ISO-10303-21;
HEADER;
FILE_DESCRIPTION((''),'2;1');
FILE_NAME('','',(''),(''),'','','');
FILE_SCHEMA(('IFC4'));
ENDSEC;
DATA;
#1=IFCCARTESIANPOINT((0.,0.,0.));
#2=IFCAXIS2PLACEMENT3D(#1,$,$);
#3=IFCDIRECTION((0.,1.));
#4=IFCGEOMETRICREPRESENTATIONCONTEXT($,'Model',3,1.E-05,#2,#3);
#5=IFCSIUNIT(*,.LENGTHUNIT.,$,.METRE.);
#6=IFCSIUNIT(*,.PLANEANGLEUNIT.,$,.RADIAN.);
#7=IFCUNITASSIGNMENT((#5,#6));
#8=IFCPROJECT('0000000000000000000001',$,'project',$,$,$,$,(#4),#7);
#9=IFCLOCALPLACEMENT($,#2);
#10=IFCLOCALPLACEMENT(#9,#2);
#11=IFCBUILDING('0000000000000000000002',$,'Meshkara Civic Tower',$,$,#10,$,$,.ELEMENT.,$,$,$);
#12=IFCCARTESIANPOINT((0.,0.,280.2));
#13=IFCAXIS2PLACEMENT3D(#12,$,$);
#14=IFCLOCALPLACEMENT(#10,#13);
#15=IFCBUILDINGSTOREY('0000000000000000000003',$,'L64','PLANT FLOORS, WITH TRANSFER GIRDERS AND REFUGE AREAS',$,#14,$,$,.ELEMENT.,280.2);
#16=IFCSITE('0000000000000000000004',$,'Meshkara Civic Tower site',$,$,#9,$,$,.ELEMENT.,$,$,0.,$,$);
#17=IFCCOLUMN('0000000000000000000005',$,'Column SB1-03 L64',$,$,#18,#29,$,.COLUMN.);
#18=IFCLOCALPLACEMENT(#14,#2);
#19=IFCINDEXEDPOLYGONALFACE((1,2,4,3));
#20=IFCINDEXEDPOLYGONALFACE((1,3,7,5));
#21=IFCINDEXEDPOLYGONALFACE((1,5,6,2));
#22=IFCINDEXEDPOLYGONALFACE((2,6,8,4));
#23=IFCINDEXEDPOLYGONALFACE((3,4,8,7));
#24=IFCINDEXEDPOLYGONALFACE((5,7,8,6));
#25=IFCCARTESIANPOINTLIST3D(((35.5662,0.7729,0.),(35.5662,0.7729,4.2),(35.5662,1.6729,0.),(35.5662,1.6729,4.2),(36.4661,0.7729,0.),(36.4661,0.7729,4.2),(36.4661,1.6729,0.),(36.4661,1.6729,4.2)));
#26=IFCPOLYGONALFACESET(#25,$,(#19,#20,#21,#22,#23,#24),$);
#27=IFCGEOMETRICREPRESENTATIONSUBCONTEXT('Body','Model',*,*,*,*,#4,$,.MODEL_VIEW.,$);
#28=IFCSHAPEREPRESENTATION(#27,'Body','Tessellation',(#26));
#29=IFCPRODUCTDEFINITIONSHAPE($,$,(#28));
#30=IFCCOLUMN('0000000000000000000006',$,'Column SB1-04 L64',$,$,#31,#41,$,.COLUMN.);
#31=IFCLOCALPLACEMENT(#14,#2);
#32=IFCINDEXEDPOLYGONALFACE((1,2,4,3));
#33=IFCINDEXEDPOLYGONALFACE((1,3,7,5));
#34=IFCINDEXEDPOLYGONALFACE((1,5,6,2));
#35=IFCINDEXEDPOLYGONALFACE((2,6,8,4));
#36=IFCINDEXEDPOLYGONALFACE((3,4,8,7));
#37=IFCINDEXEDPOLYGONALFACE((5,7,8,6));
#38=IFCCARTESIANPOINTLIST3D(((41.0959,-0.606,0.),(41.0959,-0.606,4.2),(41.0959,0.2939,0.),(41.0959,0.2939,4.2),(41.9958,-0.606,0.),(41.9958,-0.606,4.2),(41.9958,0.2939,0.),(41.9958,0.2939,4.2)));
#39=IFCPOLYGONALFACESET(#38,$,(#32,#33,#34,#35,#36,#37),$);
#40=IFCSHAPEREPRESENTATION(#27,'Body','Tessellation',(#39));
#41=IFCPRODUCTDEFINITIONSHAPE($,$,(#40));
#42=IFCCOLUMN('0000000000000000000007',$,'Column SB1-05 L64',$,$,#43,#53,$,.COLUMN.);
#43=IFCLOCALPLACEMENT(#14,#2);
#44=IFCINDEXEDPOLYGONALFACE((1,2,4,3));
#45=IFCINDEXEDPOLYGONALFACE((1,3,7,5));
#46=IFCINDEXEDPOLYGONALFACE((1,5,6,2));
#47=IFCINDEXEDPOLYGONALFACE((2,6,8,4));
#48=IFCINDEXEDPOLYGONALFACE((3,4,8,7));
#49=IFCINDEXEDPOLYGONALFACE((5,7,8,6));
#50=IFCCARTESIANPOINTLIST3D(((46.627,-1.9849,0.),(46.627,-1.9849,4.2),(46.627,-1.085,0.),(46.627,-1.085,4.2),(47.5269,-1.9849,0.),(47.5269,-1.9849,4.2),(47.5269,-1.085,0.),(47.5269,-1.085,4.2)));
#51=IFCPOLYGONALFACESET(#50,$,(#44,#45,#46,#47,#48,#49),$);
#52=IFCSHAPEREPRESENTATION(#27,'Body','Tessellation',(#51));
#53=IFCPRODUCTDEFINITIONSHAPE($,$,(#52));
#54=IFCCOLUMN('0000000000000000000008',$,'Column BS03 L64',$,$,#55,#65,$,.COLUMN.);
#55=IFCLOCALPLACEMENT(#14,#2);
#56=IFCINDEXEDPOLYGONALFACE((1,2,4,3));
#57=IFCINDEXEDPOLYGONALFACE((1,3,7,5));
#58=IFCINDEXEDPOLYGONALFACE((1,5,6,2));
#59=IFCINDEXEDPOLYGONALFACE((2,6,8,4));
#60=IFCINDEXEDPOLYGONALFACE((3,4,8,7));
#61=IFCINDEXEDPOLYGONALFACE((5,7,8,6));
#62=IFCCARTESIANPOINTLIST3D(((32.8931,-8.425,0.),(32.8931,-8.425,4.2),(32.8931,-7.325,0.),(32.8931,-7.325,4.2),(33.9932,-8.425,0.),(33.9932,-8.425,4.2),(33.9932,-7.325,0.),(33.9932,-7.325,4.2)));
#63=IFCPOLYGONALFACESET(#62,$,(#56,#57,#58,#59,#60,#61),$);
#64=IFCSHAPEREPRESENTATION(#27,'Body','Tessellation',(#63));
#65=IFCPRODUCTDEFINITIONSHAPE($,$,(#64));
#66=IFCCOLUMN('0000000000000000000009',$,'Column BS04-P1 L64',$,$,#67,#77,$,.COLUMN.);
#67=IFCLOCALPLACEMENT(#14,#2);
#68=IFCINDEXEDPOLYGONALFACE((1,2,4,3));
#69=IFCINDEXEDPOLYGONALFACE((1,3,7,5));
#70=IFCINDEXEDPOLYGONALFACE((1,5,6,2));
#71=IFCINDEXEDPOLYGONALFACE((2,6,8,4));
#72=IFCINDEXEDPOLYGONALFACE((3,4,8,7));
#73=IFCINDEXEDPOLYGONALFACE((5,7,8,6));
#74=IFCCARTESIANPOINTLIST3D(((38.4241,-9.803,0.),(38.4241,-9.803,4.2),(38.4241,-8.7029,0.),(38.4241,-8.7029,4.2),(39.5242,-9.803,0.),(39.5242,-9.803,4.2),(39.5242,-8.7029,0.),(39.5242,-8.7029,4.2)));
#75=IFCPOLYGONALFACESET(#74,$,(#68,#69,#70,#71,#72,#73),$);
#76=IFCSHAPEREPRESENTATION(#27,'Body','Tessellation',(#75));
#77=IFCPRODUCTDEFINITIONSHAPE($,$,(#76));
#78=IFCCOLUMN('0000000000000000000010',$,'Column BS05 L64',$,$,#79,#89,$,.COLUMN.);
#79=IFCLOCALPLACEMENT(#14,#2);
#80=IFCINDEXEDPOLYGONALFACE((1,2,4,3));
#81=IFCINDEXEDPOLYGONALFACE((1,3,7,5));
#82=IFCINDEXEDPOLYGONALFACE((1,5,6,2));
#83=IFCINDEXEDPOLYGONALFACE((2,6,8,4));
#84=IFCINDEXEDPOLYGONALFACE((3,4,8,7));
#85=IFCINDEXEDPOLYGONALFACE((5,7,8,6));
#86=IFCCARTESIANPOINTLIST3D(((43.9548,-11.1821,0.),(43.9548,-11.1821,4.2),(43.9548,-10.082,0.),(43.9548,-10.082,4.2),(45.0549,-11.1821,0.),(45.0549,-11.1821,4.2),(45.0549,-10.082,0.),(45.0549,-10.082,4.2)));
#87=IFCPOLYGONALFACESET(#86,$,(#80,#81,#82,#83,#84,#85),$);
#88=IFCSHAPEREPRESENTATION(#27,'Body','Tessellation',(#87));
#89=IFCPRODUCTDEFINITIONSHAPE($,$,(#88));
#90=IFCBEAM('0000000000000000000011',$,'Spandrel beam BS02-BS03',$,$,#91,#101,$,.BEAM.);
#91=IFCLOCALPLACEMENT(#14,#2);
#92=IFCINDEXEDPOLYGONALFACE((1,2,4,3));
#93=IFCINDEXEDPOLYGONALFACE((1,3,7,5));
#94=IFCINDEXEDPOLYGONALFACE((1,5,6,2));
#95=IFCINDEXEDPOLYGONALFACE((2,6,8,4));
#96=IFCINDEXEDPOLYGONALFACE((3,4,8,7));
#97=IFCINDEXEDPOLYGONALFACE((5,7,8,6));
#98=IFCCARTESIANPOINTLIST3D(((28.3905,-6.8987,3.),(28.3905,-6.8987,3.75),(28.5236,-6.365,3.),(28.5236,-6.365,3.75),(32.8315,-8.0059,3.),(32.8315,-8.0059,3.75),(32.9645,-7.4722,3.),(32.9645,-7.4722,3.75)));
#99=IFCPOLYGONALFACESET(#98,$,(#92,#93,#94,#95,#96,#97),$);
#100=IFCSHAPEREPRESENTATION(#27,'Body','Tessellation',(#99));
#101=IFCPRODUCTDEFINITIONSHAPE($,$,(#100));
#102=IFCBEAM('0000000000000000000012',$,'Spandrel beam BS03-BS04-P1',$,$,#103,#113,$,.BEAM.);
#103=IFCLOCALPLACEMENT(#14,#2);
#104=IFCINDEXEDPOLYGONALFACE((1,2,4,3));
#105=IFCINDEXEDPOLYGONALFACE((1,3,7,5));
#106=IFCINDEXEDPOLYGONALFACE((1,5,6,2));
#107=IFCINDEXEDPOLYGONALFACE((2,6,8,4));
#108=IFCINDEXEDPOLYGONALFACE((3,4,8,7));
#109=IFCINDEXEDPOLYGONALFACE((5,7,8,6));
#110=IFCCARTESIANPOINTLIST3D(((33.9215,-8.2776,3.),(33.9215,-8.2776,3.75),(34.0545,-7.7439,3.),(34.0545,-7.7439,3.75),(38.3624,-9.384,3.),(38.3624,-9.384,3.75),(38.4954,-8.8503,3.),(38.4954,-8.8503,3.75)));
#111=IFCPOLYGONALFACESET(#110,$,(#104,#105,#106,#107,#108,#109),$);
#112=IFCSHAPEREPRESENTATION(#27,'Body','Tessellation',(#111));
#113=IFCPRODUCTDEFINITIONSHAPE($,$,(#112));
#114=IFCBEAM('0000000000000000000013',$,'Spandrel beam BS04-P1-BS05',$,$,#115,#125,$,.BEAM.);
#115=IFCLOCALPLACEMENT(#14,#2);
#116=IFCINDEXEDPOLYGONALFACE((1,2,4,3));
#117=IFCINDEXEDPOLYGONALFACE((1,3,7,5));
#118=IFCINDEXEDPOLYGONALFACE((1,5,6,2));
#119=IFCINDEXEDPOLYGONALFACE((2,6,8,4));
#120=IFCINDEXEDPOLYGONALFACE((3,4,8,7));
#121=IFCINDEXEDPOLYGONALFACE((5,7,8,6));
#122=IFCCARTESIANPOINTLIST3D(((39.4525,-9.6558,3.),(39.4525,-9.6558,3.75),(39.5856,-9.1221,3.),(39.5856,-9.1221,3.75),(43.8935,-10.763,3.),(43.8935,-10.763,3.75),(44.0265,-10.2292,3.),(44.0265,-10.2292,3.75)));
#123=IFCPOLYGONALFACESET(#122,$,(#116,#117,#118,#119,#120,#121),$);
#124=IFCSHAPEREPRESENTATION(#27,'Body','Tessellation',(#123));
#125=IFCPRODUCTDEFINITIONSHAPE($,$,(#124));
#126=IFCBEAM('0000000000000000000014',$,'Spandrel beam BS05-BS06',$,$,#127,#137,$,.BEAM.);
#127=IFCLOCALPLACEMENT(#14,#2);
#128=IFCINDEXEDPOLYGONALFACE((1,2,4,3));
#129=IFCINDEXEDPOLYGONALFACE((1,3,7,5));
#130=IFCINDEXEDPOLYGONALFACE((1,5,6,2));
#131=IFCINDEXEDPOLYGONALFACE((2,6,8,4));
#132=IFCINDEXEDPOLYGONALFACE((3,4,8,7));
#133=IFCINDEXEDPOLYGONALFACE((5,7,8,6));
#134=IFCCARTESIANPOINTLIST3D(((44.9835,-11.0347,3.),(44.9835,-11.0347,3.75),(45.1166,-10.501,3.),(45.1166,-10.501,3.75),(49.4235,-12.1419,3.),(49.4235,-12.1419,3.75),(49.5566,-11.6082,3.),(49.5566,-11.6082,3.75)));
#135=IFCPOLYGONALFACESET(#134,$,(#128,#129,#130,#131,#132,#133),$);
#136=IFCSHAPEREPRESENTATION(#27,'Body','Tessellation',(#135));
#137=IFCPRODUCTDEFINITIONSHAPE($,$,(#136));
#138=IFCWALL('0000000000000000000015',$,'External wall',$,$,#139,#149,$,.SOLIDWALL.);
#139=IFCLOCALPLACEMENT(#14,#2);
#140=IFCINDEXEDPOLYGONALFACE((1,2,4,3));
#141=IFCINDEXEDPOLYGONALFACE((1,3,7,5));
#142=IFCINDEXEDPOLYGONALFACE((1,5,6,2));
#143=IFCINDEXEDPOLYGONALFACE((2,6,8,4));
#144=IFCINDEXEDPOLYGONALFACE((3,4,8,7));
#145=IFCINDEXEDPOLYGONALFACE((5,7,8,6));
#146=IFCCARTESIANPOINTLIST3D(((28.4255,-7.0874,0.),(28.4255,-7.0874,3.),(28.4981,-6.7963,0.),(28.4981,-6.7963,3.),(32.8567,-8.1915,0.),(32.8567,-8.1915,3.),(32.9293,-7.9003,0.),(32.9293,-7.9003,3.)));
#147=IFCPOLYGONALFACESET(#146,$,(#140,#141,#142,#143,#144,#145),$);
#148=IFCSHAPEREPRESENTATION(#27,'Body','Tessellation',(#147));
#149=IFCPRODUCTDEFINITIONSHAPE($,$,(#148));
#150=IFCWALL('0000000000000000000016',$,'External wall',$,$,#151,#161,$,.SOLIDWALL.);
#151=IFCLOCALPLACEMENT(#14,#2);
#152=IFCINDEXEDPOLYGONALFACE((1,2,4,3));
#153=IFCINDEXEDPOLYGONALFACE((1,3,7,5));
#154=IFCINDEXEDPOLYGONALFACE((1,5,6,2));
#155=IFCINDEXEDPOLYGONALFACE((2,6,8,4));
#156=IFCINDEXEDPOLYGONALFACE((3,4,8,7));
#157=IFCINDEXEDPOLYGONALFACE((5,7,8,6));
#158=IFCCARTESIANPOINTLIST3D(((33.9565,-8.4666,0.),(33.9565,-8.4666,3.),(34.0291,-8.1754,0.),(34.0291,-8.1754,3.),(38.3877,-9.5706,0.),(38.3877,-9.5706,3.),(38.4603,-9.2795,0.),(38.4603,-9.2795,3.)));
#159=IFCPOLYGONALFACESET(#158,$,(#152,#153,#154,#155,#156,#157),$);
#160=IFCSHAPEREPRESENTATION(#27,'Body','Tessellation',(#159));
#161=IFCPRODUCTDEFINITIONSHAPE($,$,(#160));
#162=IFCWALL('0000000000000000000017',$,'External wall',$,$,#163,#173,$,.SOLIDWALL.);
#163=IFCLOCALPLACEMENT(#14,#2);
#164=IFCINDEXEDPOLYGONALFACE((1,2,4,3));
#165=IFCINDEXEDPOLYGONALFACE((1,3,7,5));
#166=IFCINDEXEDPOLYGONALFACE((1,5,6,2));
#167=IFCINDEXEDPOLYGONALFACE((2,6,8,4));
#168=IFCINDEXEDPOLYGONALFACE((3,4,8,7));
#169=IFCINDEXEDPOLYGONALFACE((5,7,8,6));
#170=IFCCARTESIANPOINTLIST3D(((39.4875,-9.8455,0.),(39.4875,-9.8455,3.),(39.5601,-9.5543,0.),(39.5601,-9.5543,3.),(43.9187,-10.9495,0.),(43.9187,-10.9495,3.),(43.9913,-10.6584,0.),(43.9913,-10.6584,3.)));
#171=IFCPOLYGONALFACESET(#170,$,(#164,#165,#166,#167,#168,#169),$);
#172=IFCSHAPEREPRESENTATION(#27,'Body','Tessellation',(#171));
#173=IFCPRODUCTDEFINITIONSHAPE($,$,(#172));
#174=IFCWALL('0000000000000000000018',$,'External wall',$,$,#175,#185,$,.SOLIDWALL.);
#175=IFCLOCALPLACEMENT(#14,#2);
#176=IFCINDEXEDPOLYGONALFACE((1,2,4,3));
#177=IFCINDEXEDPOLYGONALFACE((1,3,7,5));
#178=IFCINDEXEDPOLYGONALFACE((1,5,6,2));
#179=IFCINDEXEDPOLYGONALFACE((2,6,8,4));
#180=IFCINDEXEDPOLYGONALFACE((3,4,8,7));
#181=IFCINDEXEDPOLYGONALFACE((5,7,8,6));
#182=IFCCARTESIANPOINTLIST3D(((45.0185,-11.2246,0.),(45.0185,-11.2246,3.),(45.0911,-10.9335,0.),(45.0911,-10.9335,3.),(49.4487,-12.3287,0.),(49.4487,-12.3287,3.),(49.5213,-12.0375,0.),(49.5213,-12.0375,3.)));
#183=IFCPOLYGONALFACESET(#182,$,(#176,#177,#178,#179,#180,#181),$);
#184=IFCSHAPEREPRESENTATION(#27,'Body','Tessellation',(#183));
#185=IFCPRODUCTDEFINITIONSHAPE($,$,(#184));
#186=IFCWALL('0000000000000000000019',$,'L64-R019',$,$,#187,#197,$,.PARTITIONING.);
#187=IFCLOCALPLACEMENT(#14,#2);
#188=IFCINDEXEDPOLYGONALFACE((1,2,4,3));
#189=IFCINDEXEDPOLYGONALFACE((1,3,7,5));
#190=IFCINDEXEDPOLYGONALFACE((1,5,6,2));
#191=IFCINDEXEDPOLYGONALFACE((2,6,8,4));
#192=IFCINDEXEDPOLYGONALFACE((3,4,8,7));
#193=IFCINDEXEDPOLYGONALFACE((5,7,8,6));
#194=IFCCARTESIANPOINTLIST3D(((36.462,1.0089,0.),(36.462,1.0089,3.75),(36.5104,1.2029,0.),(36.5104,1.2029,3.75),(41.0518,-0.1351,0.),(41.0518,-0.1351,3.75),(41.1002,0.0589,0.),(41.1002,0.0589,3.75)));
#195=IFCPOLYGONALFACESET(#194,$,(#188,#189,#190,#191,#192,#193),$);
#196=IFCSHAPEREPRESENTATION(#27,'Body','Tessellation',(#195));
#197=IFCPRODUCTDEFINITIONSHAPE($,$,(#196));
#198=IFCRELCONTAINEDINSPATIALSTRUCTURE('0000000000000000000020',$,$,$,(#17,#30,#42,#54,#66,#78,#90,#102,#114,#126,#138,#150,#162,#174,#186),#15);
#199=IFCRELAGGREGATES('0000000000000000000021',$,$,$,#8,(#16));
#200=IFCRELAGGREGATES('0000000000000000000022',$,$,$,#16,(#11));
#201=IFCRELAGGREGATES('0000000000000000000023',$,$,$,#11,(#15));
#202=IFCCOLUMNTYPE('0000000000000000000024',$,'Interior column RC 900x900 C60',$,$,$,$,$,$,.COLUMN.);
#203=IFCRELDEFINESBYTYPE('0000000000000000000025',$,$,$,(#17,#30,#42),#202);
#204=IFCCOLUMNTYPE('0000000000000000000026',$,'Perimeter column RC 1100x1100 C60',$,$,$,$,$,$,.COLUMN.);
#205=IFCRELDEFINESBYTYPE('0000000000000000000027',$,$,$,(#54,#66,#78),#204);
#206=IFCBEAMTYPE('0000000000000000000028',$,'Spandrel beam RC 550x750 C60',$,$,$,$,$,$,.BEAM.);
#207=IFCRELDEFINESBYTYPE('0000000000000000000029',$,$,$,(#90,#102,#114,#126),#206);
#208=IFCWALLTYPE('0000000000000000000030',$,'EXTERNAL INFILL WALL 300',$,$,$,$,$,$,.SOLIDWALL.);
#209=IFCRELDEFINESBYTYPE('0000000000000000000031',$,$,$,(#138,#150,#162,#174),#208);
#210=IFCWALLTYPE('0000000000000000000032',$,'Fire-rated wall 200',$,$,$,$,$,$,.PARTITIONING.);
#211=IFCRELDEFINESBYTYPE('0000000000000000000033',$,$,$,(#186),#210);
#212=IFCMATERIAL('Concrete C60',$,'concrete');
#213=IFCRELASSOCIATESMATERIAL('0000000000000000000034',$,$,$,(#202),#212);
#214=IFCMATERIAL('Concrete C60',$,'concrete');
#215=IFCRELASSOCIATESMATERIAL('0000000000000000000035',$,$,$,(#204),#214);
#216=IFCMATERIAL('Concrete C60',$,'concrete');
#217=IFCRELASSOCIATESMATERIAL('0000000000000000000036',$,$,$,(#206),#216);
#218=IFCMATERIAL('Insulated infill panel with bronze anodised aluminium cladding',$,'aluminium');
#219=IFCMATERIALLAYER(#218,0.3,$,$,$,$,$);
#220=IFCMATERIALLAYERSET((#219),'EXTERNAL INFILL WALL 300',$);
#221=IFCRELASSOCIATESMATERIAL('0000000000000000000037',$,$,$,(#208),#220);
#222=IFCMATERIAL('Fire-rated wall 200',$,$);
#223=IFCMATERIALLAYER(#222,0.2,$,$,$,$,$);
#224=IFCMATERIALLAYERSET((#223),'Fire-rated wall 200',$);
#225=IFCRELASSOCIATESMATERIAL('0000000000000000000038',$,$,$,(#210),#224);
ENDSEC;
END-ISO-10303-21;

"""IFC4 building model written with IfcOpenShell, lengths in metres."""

from ifc_helpers import new_model, si_unit, direction, frame, frame_2d, origin, origin_2d, place, context, subcontext, project, spatial, rectangle, extrude, material, layer, layer_set, material_profile, profile_set, type_object, element, save


model = new_model("IFC4")

# Units and contexts
model_context = context("Model", 3, precision=1e-05, world=origin(), true_north=direction((0.0, 1.0)))
body_context = subcontext(model_context, "Body", "Model", "MODEL_VIEW")
ifc_project = project(units=[si_unit("LENGTHUNIT", "METRE"), si_unit("PLANEANGLEUNIT", "RADIAN")], contexts=[model_context])

# Site, building, storey
site_placement = place(None, origin())
site = spatial("IfcSite", under=ifc_project, at=site_placement, Name="Meshkara Civic Tower site", CompositionType="ELEMENT", RefElevation=0.0)
building_placement = place(site_placement, origin())
building = spatial("IfcBuilding", under=site, at=building_placement, Name="Meshkara Civic Tower", CompositionType="ELEMENT")
storey_placement = place(building_placement, frame((0.0, 0.0, 280.2)))
storey = spatial("IfcBuildingStorey", under=building, at=storey_placement, Name="L64", Description="PLANT FLOORS, WITH TRANSFER GIRDERS AND REFUGE AREAS", CompositionType="ELEMENT", Elevation=280.2)

# Columns
ifc_material_1 = material(Name="Concrete C60", Category="concrete")
ifc_material_profile_1 = material_profile(ifc_material_1, rectangle(XDim=0.8999, YDim=0.8999, at=origin_2d()))
ifc_profile_set_1 = profile_set([ifc_material_profile_1], Name="Concrete C60")
column_type_1 = type_object("IfcColumnType", Name="Interior column RC 900x900 C60", PredefinedType="COLUMN", material=ifc_profile_set_1)
for number, where, z_axis, x_axis, name in (
    (1, (36.0161, 1.2229, 0.0), (0.0, 0.0, 1.0), (1.0, 0.0, 0.0), "Column SB1-03 L64"),
    (2, (41.5459, -0.156, 0.0), (0.0, 0.0, 1.0), (1.0, 0.0, 0.0), "Column SB1-04 L64"),
    (3, (47.0769, -1.5349, 0.0), (0.0, 0.0, 1.0), (1.0, 0.0, 0.0), "Column SB1-05 L64"),
):
    element("IfcColumn", number, at=place(storey_placement, frame(where, z_axis=z_axis, x_axis=x_axis)), inside=storey, type_object=column_type_1, Name=name, PredefinedType="COLUMN", context=body_context, shape_type="SweptSolid", body=[
        extrude(rectangle(XDim=0.8999, YDim=0.8999, at=origin_2d()), origin(), (0.0, 0.0, 1.0), 4.2),
    ])
ifc_material_2 = material(Name="Concrete C60", Category="concrete")
ifc_material_profile_2 = material_profile(ifc_material_2, rectangle(XDim=1.1001, YDim=1.1001, at=origin_2d()))
ifc_profile_set_2 = profile_set([ifc_material_profile_2], Name="Concrete C60")
column_type_2 = type_object("IfcColumnType", Name="Perimeter column RC 1100x1100 C60", PredefinedType="COLUMN", material=ifc_profile_set_2)
for number, where, z_axis, x_axis, name in (
    (4, (33.4431, -7.875, 0.0), (0.0, 0.0, 1.0), (1.0, 0.0, 0.0), "Column BS03 L64"),
    (5, (38.9741, -9.2529, 0.0), (0.0, 0.0, 1.0), (1.0, 0.0, 0.0), "Column BS04-P1 L64"),
    (6, (44.5049, -10.6321, 0.0), (0.0, 0.0, 1.0), (1.0, 0.0, 0.0), "Column BS05 L64"),
):
    element("IfcColumn", number, at=place(storey_placement, frame(where, z_axis=z_axis, x_axis=x_axis)), inside=storey, type_object=column_type_2, Name=name, PredefinedType="COLUMN", context=body_context, shape_type="SweptSolid", body=[
        extrude(rectangle(XDim=1.1001, YDim=1.1001, at=origin_2d()), origin(), (0.0, 0.0, 1.0), 4.2),
    ])

# Beams
ifc_material_3 = material(Name="Concrete C60", Category="concrete")
ifc_material_profile_3 = material_profile(ifc_material_3, rectangle(XDim=0.55, YDim=0.75, at=origin_2d()))
ifc_profile_set_3 = profile_set([ifc_material_profile_3], Name="Concrete C60")
beam_type = type_object("IfcBeamType", Name="Spandrel beam RC 550x750 C60", PredefinedType="BEAM", material=ifc_profile_set_3)
beam_1_placement = place(storey_placement, frame((28.457, -6.6318, 3.375), z_axis=(0.970299, -0.241908, 0.0), x_axis=(0.241908, 0.970299, 0.0)))
element("IfcBeam", 7, at=beam_1_placement, inside=storey, type_object=beam_type, Name="Spandrel beam BS02-BS03", PredefinedType="BEAM", context=body_context, shape_type="SweptSolid", body=[
    extrude(rectangle(XDim=0.55, YDim=0.75, at=origin_2d()), origin(), (0.0, 0.0, 1.0), 4.5769),
])
beam_2_placement = place(storey_placement, frame((33.988, -8.0107, 3.375), z_axis=(0.970337, -0.241757, 0.0), x_axis=(0.241757, 0.970337, 0.0)))
element("IfcBeam", 8, at=beam_2_placement, inside=storey, type_object=beam_type, Name="Spandrel beam BS03-BS04-P1", PredefinedType="BEAM", context=body_context, shape_type="SweptSolid", body=[
    extrude(rectangle(XDim=0.55, YDim=0.75, at=origin_2d()), origin(), (0.0, 0.0, 1.0), 4.5767),
])
beam_3_placement = place(storey_placement, frame((39.519, -9.3889, 3.375), z_axis=(0.970299, -0.241908, 0.0), x_axis=(0.241908, 0.970299, 0.0)))
element("IfcBeam", 9, at=beam_3_placement, inside=storey, type_object=beam_type, Name="Spandrel beam BS04-P1-BS05", PredefinedType="BEAM", context=body_context, shape_type="SweptSolid", body=[
    extrude(rectangle(XDim=0.55, YDim=0.75, at=origin_2d()), origin(), (0.0, 0.0, 1.0), 4.5769),
])
beam_4_placement = place(storey_placement, frame((45.05, -10.7678, 3.375), z_axis=(0.970287, -0.241958, 0.0), x_axis=(0.241958, 0.970287, 0.0)))
element("IfcBeam", 10, at=beam_4_placement, inside=storey, type_object=beam_type, Name="Spandrel beam BS05-BS06", PredefinedType="BEAM", context=body_context, shape_type="SweptSolid", body=[
    extrude(rectangle(XDim=0.55, YDim=0.75, at=origin_2d()), origin(), (0.0, 0.0, 1.0), 4.5759),
])

# Walls
ifc_material_4 = material(Name="Insulated infill panel with bronze anodised aluminium cladding", Category="aluminium")
ifc_layer_1 = layer(ifc_material_4, 0.3)
ifc_layer_set_1 = layer_set([ifc_layer_1], Name="EXTERNAL INFILL WALL 300")
wall_type_1 = type_object("IfcWallType", Name="EXTERNAL INFILL WALL 300", PredefinedType="SOLIDWALL", material=ifc_layer_set_1)
for number, where, z_axis, x_axis, name in (
    (11, (28.4619, -6.9419, 0.0), (0.0, 0.0, 1.0), (0.970337, -0.241756, 0.0), "External wall"),
    (12, (33.9929, -8.321, 0.0), (0.0, 0.0, 1.0), (0.970337, -0.241756, 0.0), "External wall"),
    (13, (39.5239, -9.7, 0.0), (0.0, 0.0, 1.0), (0.970337, -0.241756, 0.0), "External wall"),
):
    element("IfcWall", number, at=place(storey_placement, frame(where, z_axis=z_axis, x_axis=x_axis)), inside=storey, type_object=wall_type_1, Name=name, PredefinedType="SOLIDWALL", context=body_context, shape_type="SweptSolid", body=[
        extrude(rectangle(XDim=4.5667, YDim=0.3, at=frame_2d((2.2832, 0.0))), origin(), (0.0, 0.0, 1.0), 3.0),
    ])
wall_1_placement = place(storey_placement, frame((45.0549, -11.0791, 0.0), z_axis=(0.0, 0.0, 1.0), x_axis=(0.970325, -0.241806, 0.0)))
element("IfcWall", 14, at=wall_1_placement, inside=storey, type_object=wall_type_1, Name="External wall", PredefinedType="SOLIDWALL", context=body_context, shape_type="SweptSolid", body=[
    extrude(rectangle(XDim=4.5657, YDim=0.3, at=frame_2d((2.2827, 0.0))), origin(), (0.0, 0.0, 1.0), 3.0),
])
ifc_material_5 = material(Name="Fire-rated wall 200")
ifc_layer_2 = layer(ifc_material_5, 0.2)
ifc_layer_set_2 = layer_set([ifc_layer_2], Name="Fire-rated wall 200")
wall_type_2 = type_object("IfcWallType", Name="Fire-rated wall 200", PredefinedType="PARTITIONING", material=ifc_layer_set_2)
wall_2_placement = place(storey_placement, frame((36.4861, 1.106, 0.0), z_axis=(0.0, 0.0, 1.0), x_axis=(0.970312, -0.241855, 0.0)))
element("IfcWall", 15, at=wall_2_placement, inside=storey, type_object=wall_type_2, Name="L64-R019", PredefinedType="PARTITIONING", context=body_context, shape_type="SweptSolid", body=[
    extrude(rectangle(XDim=4.7302, YDim=0.2, at=frame_2d((2.3652, 0.0))), origin(), (0.0, 0.0, 1.0), 3.75),
])

save(model, "model.ifc")
